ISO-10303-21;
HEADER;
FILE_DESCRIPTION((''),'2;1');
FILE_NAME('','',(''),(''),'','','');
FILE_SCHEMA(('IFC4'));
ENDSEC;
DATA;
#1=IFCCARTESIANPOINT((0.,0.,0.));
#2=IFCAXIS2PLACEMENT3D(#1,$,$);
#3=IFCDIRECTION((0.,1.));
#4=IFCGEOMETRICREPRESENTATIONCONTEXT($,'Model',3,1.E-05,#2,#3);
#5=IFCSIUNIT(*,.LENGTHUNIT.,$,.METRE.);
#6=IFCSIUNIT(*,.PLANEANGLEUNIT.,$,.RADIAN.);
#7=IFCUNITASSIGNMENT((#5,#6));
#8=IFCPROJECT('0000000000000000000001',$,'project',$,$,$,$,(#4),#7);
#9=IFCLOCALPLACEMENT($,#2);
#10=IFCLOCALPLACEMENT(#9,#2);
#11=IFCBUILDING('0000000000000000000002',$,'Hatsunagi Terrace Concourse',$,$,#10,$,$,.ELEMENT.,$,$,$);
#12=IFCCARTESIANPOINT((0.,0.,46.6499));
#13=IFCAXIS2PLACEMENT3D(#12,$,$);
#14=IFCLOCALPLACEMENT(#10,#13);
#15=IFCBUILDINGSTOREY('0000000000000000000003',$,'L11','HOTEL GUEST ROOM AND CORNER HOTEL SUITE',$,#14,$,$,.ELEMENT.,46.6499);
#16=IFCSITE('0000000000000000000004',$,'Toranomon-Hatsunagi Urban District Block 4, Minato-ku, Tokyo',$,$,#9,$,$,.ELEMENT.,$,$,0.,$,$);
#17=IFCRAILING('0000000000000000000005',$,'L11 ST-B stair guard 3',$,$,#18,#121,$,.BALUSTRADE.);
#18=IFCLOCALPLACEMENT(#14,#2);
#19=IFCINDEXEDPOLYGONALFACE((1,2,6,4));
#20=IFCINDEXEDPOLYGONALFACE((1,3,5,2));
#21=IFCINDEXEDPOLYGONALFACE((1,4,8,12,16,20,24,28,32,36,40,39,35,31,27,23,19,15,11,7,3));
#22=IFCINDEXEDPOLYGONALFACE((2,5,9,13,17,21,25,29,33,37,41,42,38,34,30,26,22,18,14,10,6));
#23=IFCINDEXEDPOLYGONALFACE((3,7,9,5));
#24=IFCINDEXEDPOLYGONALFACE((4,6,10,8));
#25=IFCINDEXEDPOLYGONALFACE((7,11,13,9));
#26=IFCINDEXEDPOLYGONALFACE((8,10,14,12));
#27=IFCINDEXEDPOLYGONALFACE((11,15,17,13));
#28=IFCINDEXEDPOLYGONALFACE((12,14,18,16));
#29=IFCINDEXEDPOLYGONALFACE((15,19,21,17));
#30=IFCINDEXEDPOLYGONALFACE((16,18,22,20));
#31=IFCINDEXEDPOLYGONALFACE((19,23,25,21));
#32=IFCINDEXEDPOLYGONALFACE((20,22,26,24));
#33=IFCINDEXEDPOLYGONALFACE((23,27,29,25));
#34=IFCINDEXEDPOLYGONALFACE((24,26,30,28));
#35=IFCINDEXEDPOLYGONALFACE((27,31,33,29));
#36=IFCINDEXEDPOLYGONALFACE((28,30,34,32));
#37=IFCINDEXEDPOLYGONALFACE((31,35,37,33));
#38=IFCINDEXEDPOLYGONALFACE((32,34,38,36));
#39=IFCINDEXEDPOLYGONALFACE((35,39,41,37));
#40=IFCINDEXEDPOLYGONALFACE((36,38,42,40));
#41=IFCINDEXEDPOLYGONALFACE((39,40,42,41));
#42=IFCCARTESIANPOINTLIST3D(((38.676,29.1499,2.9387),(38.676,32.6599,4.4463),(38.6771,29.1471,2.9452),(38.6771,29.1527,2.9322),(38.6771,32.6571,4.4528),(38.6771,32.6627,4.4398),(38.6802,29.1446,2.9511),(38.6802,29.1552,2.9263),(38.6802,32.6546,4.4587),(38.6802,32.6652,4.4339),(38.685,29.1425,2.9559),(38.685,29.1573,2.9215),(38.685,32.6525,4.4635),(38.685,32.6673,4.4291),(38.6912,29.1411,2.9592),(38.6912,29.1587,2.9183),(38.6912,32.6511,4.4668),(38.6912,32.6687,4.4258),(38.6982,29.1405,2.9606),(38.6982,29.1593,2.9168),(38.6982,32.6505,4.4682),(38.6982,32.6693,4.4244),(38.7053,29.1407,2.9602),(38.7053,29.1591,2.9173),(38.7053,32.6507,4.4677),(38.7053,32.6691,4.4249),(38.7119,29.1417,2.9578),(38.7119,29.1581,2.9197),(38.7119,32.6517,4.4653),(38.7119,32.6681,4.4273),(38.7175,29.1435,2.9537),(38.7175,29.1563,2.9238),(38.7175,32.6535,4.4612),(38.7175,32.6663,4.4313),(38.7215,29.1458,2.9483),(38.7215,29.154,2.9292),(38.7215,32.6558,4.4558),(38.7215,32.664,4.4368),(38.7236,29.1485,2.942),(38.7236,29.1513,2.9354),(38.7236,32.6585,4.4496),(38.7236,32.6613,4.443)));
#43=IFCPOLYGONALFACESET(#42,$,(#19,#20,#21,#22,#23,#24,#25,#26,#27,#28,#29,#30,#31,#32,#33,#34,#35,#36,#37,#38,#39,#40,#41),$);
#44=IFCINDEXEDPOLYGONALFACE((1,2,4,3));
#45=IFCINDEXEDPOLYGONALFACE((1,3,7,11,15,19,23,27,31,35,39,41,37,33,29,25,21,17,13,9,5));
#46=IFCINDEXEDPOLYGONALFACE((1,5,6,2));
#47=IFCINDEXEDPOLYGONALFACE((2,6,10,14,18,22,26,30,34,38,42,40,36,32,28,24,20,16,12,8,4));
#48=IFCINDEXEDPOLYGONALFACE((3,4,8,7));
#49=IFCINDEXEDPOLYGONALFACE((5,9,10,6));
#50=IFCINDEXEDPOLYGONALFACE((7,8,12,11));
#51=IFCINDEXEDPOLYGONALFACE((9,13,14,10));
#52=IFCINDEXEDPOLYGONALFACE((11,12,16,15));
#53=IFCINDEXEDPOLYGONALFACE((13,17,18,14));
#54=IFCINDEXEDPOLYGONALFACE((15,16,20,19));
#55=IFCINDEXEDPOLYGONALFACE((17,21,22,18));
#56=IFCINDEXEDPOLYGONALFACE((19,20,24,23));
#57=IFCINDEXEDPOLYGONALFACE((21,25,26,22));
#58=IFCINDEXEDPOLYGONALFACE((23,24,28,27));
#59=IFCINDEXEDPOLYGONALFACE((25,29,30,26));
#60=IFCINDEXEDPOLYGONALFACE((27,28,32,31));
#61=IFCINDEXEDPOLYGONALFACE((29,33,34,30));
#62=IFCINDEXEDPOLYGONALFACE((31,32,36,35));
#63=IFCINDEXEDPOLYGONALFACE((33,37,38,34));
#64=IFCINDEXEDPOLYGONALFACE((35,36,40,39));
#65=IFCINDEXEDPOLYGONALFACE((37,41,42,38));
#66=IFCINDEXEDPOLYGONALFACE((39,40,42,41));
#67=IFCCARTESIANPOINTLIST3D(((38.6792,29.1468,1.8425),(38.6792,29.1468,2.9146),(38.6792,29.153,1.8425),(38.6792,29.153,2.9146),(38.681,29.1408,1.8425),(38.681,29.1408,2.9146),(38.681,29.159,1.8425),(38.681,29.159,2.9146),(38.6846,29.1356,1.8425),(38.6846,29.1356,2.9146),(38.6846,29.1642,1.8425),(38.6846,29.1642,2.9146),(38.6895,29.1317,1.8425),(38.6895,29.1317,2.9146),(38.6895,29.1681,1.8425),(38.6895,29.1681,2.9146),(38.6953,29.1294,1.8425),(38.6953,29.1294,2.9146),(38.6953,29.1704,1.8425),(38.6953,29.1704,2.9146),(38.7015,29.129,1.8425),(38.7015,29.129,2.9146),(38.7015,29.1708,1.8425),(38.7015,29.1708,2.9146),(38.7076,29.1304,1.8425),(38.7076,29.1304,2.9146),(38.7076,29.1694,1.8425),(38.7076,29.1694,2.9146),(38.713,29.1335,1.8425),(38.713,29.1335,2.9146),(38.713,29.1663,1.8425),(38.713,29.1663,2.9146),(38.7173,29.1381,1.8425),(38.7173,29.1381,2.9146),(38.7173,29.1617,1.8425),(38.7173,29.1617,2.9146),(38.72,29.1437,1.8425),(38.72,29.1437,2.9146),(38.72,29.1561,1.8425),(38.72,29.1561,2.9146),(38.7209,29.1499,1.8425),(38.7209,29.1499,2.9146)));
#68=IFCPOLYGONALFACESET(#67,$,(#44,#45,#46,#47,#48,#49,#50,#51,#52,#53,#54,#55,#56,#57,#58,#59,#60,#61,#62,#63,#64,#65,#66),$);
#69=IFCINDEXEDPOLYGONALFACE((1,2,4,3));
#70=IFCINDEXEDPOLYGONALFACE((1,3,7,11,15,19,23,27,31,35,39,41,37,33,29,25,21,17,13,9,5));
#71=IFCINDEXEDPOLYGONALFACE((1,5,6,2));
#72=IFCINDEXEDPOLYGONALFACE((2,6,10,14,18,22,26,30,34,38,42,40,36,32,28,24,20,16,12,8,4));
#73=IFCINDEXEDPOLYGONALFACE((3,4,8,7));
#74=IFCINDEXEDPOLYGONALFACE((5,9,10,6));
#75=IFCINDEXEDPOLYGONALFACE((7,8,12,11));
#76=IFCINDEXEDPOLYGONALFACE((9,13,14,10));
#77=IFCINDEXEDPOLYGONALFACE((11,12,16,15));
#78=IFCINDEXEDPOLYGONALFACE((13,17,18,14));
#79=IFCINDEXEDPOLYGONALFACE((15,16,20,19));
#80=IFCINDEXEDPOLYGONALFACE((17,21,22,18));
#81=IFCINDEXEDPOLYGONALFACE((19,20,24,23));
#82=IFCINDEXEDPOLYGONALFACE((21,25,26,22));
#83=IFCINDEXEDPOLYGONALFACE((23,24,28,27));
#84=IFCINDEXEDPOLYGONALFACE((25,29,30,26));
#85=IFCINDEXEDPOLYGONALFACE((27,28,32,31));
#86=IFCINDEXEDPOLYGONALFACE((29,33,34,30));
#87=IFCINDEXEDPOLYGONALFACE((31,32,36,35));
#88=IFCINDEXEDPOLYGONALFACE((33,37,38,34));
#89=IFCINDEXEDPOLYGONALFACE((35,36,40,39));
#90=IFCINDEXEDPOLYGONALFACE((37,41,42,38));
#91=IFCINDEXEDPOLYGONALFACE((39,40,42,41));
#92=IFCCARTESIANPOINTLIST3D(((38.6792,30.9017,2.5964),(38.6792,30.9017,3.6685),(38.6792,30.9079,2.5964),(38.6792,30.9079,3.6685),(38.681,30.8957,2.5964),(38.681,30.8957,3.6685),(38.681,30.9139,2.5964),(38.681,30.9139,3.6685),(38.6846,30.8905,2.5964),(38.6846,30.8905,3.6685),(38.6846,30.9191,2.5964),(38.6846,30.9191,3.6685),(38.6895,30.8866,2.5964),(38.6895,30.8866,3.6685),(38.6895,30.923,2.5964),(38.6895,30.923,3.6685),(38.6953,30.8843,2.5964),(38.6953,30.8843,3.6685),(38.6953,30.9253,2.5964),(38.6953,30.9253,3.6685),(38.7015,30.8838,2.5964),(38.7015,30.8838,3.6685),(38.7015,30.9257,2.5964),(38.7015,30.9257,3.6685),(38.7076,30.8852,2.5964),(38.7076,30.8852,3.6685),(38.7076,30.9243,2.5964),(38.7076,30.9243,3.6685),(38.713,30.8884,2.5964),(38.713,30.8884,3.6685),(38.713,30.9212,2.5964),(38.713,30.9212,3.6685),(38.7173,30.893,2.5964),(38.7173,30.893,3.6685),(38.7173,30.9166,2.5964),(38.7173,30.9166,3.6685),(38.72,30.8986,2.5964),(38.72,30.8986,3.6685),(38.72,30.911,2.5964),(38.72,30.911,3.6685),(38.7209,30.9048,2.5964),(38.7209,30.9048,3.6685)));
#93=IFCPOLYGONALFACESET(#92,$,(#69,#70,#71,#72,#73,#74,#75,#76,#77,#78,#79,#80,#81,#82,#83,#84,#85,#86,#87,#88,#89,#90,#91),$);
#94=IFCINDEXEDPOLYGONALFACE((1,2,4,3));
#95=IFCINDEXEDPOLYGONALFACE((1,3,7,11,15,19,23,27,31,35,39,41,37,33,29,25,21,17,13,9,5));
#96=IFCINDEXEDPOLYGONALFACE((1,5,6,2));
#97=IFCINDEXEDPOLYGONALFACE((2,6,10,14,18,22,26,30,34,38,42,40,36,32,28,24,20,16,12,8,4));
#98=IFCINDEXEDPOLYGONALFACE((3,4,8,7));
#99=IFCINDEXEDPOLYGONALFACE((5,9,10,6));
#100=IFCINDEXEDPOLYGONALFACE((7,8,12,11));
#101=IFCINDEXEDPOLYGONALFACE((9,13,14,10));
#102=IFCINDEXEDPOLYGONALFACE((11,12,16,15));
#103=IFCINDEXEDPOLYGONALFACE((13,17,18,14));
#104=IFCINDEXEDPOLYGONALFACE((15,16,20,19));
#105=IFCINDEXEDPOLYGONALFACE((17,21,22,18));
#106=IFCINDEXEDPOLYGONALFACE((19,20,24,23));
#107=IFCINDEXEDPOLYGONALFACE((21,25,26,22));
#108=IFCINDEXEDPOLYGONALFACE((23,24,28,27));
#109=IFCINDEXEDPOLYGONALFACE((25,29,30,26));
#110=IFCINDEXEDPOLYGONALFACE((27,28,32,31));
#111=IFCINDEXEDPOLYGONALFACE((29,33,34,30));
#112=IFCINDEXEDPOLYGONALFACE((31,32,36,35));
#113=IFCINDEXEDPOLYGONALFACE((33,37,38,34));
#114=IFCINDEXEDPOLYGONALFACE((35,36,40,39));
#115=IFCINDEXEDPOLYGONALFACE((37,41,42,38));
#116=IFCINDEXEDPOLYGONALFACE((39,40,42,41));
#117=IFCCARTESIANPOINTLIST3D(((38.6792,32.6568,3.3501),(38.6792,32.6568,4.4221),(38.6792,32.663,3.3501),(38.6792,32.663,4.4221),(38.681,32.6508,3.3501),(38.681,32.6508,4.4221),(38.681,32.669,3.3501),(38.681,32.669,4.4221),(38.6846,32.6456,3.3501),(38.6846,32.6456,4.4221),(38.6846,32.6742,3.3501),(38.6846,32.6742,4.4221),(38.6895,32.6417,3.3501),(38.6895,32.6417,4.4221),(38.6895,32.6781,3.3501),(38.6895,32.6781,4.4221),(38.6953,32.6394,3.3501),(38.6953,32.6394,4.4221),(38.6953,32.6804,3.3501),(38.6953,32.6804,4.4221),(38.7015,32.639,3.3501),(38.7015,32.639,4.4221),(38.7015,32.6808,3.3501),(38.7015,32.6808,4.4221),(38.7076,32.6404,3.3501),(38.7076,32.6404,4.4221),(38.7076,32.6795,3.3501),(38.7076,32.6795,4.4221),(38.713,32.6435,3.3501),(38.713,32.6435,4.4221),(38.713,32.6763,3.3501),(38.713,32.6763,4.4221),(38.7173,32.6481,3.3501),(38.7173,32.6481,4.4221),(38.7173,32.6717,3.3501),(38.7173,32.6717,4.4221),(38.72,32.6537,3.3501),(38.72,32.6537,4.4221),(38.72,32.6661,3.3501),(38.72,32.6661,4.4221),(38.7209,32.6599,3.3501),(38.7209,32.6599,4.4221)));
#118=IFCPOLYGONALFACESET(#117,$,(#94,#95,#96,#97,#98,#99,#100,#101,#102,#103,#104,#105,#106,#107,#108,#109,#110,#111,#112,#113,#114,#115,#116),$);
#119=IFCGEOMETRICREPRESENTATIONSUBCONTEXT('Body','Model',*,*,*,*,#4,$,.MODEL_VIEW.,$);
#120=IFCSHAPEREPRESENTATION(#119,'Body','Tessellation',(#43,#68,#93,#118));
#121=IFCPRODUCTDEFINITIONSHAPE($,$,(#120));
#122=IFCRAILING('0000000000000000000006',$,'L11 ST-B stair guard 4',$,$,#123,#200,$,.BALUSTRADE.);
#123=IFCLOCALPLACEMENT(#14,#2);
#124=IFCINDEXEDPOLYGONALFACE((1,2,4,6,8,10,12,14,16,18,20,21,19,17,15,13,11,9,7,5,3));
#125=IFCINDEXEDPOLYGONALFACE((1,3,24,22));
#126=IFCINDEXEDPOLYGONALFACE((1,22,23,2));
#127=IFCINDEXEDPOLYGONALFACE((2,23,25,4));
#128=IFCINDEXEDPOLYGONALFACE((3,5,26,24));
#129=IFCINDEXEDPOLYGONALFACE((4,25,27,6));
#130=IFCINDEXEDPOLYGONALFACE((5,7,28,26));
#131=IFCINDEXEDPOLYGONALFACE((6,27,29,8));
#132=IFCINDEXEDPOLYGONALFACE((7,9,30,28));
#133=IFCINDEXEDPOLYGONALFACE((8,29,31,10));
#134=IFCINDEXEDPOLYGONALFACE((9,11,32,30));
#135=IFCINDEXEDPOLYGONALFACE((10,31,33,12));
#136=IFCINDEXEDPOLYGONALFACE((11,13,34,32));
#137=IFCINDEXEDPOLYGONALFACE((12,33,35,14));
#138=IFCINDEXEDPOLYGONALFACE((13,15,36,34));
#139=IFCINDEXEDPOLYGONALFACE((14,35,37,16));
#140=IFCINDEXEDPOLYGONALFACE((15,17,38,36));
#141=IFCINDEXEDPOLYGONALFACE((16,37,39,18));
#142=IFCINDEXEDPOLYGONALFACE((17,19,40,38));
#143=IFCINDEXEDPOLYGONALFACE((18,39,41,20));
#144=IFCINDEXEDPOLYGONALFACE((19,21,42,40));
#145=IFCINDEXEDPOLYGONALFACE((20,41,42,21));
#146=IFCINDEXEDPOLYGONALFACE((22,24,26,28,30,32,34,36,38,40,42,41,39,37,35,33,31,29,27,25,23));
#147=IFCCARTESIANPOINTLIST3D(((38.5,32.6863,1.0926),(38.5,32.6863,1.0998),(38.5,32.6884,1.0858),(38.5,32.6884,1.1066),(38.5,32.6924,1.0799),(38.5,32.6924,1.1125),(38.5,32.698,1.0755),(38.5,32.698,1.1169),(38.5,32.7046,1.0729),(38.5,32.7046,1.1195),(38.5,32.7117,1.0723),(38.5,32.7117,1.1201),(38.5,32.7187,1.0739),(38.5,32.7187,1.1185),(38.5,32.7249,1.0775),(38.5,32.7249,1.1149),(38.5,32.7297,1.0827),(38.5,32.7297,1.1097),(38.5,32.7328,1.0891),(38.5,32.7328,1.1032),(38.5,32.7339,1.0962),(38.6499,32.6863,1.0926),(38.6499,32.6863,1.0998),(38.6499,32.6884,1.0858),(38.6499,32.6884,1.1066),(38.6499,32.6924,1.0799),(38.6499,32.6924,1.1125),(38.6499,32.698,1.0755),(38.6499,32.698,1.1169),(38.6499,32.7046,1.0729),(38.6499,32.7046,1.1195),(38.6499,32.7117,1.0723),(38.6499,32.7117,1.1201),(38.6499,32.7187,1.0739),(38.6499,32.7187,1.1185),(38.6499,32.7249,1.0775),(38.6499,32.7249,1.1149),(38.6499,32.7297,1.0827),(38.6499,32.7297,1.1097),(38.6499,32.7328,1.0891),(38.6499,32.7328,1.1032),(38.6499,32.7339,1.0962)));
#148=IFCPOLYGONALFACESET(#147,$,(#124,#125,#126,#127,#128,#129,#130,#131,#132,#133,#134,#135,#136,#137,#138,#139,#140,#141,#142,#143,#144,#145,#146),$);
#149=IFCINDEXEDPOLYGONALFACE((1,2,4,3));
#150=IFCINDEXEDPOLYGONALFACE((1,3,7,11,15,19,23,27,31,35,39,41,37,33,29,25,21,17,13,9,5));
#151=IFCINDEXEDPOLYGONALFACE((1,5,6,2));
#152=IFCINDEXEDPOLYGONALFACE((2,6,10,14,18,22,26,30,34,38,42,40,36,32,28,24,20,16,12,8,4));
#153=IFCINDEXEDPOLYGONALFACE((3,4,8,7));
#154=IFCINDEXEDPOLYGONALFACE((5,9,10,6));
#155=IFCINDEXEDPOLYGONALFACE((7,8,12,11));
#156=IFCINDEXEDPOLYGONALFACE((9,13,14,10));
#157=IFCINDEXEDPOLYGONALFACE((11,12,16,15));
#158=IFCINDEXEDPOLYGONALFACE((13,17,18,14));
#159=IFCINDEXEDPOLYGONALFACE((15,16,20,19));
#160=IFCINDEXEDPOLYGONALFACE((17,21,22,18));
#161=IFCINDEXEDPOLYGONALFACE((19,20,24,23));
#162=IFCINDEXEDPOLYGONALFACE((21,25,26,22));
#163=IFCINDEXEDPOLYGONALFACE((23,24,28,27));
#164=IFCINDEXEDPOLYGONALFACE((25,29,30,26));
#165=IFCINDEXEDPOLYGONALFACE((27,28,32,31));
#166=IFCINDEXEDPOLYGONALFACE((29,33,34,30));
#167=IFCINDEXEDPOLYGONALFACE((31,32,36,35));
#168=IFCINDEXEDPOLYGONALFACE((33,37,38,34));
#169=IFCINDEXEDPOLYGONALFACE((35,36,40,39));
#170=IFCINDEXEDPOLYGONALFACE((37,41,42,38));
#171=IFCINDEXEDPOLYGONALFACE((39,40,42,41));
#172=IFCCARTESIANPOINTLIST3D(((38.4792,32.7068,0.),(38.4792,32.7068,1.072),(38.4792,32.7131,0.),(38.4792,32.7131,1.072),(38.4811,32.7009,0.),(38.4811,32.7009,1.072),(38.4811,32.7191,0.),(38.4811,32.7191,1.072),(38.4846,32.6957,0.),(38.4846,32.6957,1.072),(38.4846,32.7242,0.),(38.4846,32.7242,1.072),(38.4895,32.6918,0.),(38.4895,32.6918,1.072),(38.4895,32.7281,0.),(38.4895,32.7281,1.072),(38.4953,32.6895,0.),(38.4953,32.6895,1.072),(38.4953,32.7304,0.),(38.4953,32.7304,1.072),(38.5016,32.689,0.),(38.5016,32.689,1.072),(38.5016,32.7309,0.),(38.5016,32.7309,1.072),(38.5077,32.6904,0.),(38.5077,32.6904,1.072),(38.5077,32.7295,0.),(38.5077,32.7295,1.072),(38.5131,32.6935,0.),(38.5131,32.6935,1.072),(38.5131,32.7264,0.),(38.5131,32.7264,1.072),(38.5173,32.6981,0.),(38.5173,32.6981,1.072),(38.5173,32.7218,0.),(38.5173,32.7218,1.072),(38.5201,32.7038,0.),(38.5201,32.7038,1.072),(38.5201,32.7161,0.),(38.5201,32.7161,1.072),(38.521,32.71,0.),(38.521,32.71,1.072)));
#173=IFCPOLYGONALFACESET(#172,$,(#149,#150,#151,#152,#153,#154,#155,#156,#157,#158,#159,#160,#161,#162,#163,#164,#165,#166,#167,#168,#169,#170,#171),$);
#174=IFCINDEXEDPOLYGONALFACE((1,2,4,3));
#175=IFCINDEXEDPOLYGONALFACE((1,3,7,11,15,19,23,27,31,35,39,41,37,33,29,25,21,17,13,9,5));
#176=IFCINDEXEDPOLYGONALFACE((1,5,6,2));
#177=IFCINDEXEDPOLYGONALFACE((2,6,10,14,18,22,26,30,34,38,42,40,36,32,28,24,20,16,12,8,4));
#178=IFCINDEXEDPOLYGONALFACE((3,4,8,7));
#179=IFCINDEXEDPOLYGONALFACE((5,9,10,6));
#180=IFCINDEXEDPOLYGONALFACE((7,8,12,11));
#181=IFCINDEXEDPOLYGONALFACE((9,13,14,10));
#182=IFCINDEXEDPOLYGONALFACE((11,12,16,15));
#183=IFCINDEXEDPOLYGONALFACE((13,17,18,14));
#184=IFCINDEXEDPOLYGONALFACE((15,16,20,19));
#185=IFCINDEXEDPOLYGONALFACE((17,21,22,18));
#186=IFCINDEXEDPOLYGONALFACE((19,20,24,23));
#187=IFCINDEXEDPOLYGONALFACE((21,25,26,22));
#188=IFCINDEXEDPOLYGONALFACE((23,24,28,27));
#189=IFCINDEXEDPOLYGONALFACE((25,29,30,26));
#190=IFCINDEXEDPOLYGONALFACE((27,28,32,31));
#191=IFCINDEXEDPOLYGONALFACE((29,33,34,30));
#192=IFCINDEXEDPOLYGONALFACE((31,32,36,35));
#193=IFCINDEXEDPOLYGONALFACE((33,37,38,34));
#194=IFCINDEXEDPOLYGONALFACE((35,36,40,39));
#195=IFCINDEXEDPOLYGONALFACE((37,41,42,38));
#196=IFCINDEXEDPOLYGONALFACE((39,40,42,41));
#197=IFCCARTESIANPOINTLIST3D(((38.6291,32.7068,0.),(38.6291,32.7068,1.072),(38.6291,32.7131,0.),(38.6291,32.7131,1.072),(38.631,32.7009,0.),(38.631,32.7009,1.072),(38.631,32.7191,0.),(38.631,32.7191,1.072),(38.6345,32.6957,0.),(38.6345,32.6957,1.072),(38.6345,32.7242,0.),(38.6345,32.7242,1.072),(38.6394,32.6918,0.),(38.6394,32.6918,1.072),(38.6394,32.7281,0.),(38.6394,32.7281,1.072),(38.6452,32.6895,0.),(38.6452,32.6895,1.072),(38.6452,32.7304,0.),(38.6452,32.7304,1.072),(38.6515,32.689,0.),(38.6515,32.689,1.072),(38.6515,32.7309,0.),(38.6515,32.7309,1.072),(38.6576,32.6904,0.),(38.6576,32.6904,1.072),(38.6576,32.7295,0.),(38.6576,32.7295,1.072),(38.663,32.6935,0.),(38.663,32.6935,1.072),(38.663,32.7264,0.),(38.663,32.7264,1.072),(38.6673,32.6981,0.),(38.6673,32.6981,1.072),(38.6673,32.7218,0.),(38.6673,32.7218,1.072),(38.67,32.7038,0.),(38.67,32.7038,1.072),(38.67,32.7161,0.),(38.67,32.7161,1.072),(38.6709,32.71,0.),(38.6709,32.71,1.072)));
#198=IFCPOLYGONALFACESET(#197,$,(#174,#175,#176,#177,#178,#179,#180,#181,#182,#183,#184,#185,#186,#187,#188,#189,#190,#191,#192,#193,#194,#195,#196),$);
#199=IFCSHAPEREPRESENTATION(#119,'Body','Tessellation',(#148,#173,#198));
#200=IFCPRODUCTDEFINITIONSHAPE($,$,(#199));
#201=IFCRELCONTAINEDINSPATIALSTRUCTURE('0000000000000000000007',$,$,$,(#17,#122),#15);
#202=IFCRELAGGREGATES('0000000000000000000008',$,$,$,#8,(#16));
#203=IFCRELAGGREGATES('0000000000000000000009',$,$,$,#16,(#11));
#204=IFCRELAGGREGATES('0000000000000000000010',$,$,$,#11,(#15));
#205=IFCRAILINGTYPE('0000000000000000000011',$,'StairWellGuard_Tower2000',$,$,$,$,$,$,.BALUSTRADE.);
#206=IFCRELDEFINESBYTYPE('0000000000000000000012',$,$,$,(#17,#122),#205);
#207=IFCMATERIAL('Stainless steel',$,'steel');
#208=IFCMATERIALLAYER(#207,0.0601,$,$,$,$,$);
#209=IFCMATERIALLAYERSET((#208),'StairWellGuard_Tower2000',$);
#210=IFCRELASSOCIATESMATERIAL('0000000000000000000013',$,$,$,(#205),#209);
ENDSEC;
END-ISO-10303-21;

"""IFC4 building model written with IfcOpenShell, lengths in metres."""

from ifc_helpers import new_model, si_unit, direction, frame, origin, origin_2d, place, context, subcontext, project, spatial, circle, extrude, material, layer, layer_set, type_object, element, save


model = new_model("IFC4")

# Units and contexts
model_context = context("Model", 3, precision=1e-05, world=origin(), true_north=direction((0.0, 1.0)))
body_context = subcontext(model_context, "Body", "Model", "MODEL_VIEW")
ifc_project = project(units=[si_unit("LENGTHUNIT", "METRE"), si_unit("PLANEANGLEUNIT", "RADIAN")], contexts=[model_context])

# Site, building, storey
site_placement = place(None, origin())
site = spatial("IfcSite", under=ifc_project, at=site_placement, Name="Toranomon-Hatsunagi Urban District Block 4, Minato-ku, Tokyo", CompositionType="ELEMENT", RefElevation=0.0)
building_placement = place(site_placement, origin())
building = spatial("IfcBuilding", under=site, at=building_placement, Name="Hatsunagi Terrace Concourse", CompositionType="ELEMENT")
storey_placement = place(building_placement, frame((0.0, 0.0, 46.6499)))
storey = spatial("IfcBuildingStorey", under=building, at=storey_placement, Name="L11", Description="HOTEL GUEST ROOM AND CORNER HOTEL SUITE", CompositionType="ELEMENT", Elevation=46.6499)

# Railings
ifc_material_1 = material(Name="Stainless steel", Category="steel")
ifc_layer_1 = layer(ifc_material_1, 0.0601)
ifc_layer_set_1 = layer_set([ifc_layer_1], Name="StairWellGuard_Tower2000")
railing_type_1 = type_object("IfcRailingType", Name="StairWellGuard_Tower2000", PredefinedType="BALUSTRADE", material=ifc_layer_set_1)
railing_1_placement = place(storey_placement, frame((38.7, 29.1499, 1.8425)))
element("IfcRailing", 1, at=railing_1_placement, inside=storey, type_object=railing_type_1, Name="L11 ST-B stair guard 3", PredefinedType="BALUSTRADE", context=body_context, shape_type="SweptSolid", body=[
    extrude(circle(Radius=0.0239, at=origin_2d()), frame((0.0, 0.0, 1.0962), z_axis=(0.0, 0.918834, 0.394644), x_axis=(-1.0, 0.0, 0.0)), (0.0, 0.0, 1.0), 3.8201),
    extrude(circle(Radius=0.021, at=origin_2d()), origin(), (0.0, 0.0, 1.0), 1.072),
    extrude(circle(Radius=0.021, at=origin_2d()), frame((0.0, 1.7549, 0.7539)), (0.0, 0.0, 1.0), 1.072),
    extrude(circle(Radius=0.021, at=origin_2d()), frame((0.0, 3.51, 1.5076)), (0.0, 0.0, 1.0), 1.072),
])
railing_2_placement = place(storey_placement, frame((38.5, 32.71, 0.0)))
element("IfcRailing", 2, at=railing_2_placement, inside=storey, type_object=railing_type_1, Name="L11 ST-B stair guard 4", PredefinedType="BALUSTRADE", context=body_context, shape_type="SweptSolid", body=[
    extrude(circle(Radius=0.0239, at=origin_2d()), frame((0.0, 0.0, 1.0962), z_axis=(1.0, 0.0, 0.0), x_axis=(0.0, 1.0, 0.0)), (0.0, 0.0, 1.0), 0.1499),
    extrude(circle(Radius=0.021, at=origin_2d()), origin(), (0.0, 0.0, 1.0), 1.072),
    extrude(circle(Radius=0.021, at=origin_2d()), frame((0.1499, 0.0, 0.0)), (0.0, 0.0, 1.0), 1.072),
])

save(model, "model.ifc")
